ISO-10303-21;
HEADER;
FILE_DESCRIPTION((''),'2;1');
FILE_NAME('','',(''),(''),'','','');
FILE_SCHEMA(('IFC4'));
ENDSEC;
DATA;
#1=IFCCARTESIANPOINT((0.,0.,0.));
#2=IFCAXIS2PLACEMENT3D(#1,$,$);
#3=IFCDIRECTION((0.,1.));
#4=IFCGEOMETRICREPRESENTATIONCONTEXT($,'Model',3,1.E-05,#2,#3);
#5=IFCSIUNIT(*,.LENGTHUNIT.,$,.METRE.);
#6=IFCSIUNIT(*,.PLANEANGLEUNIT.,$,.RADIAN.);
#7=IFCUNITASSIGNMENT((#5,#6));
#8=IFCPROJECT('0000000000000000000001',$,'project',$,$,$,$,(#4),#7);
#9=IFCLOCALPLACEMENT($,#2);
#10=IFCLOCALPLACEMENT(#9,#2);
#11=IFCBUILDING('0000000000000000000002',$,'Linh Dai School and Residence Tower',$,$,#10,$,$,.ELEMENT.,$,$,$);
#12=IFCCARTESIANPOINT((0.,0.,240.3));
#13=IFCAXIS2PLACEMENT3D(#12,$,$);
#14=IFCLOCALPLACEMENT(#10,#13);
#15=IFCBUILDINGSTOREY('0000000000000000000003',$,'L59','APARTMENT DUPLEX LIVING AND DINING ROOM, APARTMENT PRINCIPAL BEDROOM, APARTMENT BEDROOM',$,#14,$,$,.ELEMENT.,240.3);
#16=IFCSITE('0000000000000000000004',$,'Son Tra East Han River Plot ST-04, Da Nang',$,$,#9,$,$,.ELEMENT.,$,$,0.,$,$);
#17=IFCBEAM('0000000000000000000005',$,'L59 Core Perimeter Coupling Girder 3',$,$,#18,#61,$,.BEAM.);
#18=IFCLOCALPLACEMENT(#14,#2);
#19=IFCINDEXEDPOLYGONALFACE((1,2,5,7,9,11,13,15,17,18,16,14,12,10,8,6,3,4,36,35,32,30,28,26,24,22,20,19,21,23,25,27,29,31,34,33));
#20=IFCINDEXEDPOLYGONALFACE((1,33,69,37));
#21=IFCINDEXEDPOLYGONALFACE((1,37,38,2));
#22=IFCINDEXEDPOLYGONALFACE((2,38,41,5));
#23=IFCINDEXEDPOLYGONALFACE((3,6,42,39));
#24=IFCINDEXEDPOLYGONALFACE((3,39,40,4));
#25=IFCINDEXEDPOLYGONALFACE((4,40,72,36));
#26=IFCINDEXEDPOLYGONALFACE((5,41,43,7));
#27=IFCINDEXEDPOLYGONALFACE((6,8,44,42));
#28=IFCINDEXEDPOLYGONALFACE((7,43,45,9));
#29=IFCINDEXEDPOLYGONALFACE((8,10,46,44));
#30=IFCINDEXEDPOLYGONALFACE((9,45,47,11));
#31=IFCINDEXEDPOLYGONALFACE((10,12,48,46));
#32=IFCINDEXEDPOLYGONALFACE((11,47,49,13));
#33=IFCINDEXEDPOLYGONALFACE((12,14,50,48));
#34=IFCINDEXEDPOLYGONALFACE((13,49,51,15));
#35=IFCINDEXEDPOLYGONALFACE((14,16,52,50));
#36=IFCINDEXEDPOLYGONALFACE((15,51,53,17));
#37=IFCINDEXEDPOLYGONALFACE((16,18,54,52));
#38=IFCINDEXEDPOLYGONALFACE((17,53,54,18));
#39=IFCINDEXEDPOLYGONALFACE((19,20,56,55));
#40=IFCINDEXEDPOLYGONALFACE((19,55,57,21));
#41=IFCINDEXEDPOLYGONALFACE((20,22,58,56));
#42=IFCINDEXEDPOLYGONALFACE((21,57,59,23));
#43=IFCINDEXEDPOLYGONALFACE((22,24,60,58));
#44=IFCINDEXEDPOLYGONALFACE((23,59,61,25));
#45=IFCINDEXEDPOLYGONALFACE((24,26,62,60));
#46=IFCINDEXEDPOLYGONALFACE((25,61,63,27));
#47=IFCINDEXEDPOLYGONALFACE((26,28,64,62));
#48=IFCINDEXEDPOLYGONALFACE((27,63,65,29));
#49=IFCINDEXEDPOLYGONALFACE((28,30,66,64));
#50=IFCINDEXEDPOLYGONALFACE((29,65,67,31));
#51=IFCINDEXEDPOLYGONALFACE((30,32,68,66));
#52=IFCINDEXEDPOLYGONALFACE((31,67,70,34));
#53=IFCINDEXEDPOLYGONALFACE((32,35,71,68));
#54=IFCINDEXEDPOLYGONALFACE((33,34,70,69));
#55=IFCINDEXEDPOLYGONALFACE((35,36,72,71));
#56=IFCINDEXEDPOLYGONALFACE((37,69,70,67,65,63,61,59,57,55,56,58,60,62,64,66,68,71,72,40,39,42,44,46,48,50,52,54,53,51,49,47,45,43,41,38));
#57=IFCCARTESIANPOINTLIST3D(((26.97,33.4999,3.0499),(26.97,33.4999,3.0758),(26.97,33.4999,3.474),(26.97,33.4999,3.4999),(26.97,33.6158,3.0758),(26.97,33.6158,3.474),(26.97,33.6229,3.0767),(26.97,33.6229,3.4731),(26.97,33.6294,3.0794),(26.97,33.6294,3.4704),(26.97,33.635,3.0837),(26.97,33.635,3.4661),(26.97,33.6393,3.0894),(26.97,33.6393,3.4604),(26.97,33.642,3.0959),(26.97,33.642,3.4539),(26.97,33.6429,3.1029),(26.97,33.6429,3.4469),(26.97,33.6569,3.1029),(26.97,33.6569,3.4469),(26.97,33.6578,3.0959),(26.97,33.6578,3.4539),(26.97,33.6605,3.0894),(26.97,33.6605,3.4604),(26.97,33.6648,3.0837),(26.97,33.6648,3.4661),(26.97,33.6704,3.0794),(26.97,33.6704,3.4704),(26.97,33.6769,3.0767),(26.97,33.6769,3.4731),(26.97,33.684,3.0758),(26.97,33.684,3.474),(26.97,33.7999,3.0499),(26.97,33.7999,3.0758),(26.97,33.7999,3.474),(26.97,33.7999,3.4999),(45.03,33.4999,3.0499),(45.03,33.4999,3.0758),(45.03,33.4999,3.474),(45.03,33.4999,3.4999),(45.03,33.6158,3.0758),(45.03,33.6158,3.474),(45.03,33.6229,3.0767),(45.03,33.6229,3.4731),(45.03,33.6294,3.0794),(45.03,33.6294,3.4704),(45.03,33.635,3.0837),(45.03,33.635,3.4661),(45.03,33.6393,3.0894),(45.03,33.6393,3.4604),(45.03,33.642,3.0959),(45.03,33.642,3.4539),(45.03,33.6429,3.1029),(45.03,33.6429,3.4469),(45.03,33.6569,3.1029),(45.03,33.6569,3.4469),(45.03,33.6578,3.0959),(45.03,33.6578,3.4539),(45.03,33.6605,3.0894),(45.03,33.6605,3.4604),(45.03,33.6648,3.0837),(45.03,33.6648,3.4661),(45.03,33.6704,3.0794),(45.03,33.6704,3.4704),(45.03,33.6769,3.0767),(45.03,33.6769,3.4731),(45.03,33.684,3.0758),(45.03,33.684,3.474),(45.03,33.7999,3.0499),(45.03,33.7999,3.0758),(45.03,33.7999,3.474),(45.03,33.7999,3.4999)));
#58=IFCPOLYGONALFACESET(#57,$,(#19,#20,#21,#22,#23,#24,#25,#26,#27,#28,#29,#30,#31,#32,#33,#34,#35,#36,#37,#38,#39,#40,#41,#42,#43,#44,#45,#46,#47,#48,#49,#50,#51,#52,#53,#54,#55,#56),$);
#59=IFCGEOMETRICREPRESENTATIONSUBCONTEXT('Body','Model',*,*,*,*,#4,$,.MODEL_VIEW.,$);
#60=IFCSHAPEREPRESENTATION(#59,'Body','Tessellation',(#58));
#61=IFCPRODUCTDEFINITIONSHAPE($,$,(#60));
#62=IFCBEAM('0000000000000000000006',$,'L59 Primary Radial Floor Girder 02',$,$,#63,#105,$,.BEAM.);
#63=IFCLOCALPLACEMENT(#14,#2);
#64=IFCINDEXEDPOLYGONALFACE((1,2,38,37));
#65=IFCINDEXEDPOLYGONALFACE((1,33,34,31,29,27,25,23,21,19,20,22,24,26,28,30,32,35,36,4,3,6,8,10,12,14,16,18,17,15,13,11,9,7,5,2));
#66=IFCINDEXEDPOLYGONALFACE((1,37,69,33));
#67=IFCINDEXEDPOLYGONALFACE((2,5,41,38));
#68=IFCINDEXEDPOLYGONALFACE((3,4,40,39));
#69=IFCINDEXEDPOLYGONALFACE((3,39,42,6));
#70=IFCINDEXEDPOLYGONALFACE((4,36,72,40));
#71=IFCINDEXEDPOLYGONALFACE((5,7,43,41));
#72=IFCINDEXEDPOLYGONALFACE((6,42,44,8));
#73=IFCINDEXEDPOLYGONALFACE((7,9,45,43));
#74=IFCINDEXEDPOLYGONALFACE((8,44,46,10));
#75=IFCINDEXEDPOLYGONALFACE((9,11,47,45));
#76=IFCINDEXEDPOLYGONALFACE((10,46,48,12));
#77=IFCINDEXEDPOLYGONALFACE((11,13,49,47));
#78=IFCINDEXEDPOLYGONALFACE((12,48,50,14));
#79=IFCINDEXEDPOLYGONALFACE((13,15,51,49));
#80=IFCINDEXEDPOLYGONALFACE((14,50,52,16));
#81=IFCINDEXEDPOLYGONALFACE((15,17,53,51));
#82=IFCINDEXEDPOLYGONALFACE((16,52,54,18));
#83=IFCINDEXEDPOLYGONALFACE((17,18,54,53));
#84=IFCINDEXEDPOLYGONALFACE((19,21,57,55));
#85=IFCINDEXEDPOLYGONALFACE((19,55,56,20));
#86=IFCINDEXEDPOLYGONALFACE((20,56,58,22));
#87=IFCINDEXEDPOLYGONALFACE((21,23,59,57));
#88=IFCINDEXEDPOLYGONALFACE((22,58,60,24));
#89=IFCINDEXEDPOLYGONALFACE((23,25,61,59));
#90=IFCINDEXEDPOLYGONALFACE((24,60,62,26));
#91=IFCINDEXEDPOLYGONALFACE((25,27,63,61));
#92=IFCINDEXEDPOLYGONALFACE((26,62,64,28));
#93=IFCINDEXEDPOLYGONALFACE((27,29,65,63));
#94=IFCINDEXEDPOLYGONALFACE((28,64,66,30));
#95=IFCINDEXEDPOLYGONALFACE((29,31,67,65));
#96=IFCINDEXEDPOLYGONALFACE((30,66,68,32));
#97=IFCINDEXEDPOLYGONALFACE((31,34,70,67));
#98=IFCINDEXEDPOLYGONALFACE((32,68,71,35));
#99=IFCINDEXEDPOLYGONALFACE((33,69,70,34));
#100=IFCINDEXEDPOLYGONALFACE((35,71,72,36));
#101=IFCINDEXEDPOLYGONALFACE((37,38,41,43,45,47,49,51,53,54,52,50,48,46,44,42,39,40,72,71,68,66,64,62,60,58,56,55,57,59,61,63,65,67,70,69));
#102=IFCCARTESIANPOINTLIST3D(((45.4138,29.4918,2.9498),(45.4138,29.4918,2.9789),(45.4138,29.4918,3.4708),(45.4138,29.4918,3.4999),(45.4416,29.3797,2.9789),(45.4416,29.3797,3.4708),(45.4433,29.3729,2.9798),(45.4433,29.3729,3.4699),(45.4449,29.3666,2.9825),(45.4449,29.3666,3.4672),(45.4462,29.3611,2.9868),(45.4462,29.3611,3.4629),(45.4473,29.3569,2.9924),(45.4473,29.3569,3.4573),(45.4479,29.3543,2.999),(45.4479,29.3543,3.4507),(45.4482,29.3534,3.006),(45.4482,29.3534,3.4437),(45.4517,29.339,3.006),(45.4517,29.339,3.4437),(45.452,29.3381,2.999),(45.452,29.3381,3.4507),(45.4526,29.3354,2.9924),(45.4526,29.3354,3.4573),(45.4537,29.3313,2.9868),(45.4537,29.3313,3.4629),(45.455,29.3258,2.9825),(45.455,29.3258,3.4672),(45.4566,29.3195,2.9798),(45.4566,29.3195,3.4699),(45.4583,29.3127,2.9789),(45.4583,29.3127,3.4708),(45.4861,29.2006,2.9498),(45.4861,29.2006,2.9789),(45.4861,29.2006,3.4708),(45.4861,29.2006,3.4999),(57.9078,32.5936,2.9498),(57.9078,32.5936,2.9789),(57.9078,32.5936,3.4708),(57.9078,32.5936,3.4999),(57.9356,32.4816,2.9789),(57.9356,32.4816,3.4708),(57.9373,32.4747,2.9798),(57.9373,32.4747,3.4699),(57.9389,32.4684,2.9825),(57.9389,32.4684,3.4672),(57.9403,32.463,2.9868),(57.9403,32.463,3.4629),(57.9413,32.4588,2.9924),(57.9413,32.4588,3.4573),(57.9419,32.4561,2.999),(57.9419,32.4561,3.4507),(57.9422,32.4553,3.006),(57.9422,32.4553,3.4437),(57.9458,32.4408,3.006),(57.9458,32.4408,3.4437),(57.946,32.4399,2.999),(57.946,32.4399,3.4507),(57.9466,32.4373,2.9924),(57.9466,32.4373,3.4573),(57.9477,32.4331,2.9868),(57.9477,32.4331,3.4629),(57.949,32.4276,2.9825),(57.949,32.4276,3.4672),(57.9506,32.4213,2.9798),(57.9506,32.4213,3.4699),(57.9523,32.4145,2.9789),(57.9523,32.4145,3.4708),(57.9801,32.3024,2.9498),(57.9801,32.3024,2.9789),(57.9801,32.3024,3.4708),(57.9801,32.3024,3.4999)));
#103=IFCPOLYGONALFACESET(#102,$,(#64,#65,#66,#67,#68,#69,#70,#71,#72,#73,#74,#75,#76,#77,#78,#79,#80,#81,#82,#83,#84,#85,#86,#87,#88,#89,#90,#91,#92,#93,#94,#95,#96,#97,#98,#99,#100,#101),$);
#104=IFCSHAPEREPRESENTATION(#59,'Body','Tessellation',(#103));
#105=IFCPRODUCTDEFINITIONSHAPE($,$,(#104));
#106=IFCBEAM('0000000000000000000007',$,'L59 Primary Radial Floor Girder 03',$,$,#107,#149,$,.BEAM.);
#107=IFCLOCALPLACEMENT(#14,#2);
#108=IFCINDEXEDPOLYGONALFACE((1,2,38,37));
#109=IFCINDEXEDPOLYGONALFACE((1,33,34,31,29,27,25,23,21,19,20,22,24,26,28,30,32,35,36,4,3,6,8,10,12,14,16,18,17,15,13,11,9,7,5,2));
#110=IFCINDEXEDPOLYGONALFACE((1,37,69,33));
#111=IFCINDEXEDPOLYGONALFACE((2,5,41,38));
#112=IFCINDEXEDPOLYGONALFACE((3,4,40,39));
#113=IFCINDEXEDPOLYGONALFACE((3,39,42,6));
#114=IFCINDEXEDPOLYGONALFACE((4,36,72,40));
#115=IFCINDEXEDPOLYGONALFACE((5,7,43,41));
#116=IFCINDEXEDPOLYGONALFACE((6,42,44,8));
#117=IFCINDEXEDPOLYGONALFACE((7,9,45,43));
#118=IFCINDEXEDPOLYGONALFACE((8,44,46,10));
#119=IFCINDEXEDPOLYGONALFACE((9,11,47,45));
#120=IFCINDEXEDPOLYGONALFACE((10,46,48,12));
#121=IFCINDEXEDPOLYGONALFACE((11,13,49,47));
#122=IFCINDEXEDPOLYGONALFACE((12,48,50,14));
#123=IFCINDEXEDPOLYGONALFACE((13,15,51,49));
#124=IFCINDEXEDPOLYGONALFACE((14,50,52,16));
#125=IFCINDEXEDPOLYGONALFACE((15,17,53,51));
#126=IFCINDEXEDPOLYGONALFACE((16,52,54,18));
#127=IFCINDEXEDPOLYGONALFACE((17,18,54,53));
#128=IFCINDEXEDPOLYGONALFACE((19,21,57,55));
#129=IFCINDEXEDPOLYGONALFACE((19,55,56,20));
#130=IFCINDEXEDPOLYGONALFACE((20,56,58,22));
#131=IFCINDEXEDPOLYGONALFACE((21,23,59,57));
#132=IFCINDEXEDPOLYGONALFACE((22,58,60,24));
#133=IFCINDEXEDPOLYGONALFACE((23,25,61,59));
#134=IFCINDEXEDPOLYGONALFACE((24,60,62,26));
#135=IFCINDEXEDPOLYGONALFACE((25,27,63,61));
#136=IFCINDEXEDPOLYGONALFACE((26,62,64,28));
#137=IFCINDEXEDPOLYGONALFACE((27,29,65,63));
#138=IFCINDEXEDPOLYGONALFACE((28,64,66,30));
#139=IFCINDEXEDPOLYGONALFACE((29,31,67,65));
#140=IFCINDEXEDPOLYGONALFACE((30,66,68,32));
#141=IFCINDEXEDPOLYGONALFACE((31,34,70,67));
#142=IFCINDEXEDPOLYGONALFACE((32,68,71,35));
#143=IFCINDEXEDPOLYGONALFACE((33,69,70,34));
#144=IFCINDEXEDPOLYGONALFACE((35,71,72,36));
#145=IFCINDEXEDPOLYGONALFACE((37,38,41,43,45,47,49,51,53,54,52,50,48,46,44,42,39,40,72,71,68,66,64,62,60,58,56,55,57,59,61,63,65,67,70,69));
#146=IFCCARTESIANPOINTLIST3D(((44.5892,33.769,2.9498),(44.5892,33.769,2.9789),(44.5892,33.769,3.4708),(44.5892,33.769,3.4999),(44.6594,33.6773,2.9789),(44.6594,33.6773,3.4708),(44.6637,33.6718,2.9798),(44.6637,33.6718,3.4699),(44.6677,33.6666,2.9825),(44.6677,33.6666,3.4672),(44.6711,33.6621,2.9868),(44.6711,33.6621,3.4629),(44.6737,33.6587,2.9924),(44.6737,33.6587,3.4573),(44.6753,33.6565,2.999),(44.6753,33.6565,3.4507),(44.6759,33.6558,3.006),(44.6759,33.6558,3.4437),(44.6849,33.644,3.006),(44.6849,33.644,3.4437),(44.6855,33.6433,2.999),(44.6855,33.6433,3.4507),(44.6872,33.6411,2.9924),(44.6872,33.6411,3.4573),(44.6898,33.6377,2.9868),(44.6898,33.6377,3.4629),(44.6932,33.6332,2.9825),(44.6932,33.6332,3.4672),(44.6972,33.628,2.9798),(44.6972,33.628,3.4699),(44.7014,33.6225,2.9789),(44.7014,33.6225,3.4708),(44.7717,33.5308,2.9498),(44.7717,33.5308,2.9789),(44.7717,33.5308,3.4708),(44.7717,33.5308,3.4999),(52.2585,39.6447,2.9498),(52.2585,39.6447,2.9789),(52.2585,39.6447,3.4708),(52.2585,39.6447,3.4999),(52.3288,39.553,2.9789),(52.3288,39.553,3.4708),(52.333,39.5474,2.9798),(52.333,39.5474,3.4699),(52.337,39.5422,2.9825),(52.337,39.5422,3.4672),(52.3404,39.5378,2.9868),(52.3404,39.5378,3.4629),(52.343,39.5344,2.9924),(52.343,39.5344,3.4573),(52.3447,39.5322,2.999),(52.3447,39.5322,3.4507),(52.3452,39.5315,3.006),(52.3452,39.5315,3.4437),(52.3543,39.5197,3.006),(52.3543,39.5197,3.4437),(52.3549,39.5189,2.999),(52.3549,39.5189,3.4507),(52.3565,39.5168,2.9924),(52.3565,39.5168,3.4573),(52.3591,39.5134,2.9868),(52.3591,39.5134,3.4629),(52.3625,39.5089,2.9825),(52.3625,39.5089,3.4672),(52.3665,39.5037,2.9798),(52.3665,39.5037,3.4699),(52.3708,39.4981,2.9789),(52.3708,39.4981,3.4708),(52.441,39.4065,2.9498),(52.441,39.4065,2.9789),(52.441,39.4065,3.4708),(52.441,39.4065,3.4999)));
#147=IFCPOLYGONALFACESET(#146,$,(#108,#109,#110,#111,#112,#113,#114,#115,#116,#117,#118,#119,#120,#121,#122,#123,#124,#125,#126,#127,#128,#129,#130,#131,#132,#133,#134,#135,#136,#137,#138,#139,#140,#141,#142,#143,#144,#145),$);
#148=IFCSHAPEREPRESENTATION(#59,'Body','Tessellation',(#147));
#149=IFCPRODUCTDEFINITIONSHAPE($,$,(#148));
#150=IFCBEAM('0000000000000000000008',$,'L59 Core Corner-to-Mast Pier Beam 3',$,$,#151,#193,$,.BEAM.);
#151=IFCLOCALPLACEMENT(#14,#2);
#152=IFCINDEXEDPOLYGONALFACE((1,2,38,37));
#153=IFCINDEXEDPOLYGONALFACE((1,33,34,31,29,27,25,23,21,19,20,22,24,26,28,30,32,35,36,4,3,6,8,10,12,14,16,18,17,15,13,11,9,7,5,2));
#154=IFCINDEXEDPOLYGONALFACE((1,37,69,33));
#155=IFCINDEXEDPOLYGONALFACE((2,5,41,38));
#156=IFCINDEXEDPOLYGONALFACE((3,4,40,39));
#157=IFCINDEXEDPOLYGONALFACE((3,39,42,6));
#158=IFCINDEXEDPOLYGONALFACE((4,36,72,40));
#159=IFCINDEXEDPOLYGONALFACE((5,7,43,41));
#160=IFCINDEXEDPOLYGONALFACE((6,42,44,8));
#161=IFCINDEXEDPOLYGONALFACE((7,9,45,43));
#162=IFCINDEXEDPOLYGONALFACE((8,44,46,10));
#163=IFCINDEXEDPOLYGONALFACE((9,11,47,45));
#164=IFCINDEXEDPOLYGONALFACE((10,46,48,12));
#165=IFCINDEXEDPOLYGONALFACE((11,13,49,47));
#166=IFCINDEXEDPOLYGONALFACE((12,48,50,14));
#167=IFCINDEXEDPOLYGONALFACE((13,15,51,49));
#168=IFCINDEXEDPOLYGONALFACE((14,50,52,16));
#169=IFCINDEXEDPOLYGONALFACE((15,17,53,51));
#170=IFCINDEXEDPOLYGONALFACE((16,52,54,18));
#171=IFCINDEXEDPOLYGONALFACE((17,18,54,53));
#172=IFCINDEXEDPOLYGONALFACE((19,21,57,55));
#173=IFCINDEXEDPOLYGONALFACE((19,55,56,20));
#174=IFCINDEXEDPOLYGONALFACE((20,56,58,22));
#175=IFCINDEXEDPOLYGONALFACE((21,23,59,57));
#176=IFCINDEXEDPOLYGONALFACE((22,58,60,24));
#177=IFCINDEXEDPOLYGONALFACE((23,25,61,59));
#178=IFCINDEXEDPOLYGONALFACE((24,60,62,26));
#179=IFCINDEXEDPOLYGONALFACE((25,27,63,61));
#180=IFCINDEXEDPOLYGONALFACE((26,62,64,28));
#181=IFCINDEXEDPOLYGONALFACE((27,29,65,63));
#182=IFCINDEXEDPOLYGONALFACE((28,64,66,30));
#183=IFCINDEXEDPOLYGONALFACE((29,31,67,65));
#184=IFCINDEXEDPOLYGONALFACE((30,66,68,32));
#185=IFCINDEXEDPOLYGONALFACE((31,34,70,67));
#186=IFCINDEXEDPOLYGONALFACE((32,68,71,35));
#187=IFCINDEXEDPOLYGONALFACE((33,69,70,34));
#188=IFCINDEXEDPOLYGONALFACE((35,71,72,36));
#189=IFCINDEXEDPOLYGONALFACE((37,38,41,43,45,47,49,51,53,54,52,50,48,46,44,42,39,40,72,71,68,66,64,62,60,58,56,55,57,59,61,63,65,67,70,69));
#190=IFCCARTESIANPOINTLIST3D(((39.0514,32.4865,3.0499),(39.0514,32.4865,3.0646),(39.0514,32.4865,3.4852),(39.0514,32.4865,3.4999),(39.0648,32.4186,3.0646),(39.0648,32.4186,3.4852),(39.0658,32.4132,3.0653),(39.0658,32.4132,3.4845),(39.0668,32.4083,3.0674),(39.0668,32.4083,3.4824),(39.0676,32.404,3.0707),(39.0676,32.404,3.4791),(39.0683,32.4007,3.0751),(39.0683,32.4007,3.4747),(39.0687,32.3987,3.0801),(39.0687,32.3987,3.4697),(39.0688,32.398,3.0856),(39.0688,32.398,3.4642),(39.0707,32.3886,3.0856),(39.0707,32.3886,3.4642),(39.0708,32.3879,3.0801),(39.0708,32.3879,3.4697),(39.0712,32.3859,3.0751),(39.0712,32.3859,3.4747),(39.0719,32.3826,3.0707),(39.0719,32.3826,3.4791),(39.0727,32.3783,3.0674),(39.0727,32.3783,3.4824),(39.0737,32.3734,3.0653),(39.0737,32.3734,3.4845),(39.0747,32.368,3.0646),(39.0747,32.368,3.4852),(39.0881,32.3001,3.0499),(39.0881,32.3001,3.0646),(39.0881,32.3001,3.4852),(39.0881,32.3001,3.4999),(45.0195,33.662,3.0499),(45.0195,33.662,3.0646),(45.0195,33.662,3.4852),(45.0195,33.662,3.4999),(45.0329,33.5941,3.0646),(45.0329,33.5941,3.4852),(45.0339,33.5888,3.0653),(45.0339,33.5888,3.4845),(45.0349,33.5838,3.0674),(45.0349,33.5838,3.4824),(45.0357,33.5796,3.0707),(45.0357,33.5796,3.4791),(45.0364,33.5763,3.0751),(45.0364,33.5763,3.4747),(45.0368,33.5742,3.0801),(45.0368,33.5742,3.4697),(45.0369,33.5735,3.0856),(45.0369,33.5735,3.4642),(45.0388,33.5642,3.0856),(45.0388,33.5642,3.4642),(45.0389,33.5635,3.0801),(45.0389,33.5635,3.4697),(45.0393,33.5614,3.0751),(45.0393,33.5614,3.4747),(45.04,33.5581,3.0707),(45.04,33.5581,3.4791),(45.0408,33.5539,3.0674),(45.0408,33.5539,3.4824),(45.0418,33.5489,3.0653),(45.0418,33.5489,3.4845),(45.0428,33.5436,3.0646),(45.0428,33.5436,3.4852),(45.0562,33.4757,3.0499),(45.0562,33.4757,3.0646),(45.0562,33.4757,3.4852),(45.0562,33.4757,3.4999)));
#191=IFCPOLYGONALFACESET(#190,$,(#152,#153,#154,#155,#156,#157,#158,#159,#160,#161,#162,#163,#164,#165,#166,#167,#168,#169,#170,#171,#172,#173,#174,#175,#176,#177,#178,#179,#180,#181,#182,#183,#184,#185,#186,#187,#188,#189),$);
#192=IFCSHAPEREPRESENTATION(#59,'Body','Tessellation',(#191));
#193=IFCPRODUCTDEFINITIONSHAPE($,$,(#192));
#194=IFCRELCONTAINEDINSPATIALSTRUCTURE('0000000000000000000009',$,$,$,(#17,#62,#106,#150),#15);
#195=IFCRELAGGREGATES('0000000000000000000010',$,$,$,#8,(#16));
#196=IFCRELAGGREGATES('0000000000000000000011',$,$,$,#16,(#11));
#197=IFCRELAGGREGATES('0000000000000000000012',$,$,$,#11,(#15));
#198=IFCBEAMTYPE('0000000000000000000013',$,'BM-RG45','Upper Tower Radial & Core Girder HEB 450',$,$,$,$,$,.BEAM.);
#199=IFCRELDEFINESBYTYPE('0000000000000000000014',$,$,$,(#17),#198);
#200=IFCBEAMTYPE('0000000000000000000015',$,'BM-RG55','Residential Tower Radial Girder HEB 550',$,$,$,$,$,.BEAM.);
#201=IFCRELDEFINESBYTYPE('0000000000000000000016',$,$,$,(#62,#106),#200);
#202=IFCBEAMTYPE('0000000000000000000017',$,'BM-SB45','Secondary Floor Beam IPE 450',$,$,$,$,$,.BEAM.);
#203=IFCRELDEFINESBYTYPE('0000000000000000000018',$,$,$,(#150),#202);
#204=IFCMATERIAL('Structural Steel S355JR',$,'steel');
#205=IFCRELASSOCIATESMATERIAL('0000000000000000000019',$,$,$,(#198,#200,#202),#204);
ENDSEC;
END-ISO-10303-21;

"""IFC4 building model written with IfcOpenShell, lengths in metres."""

from ifc_helpers import new_model, si_unit, direction, frame, origin, origin_2d, place, context, subcontext, project, spatial, i_section, extrude, material, material_profile, profile_set, type_object, element, save


model = new_model("IFC4")

# Units and contexts
model_context = context("Model", 3, precision=1e-05, world=origin(), true_north=direction((0.0, 1.0)))
body_context = subcontext(model_context, "Body", "Model", "MODEL_VIEW")
ifc_project = project(units=[si_unit("LENGTHUNIT", "METRE"), si_unit("PLANEANGLEUNIT", "RADIAN")], contexts=[model_context])

# Site, building, storey
site_placement = place(None, origin())
site = spatial("IfcSite", under=ifc_project, at=site_placement, Name="Son Tra East Han River Plot ST-04, Da Nang", CompositionType="ELEMENT", RefElevation=0.0)
building_placement = place(site_placement, origin())
building = spatial("IfcBuilding", under=site, at=building_placement, Name="Linh Dai School and Residence Tower", CompositionType="ELEMENT")
storey_placement = place(building_placement, frame((0.0, 0.0, 240.3)))
storey = spatial("IfcBuildingStorey", under=building, at=storey_placement, Name="L59", Description="APARTMENT DUPLEX LIVING AND DINING ROOM, APARTMENT PRINCIPAL BEDROOM, APARTMENT BEDROOM", CompositionType="ELEMENT", Elevation=240.3)

# Shared definitions
ifc_material_1 = material(Name="Structural Steel S355JR", Category="steel")

# Beams
ifc_material_profile_1 = material_profile(ifc_material_1, i_section(OverallWidth=0.3, OverallDepth=0.45, WebThickness=0.0139, FlangeThickness=0.0259, FilletRadius=0.0271, at=origin_2d()), Name="HEB 450")
ifc_profile_set_1 = profile_set([ifc_material_profile_1], Name="Structural Steel S355JR")
beam_type_1 = type_object("IfcBeamType", Name="BM-RG45", Description="Upper Tower Radial & Core Girder HEB 450", PredefinedType="BEAM", material=ifc_profile_set_1)
beam_1_placement = place(storey_placement, frame((45.03, 33.6499, 3.2749), z_axis=(-1.0, 0.0, 0.0), x_axis=(0.0, -1.0, 0.0)))
element("IfcBeam", 1, at=beam_1_placement, inside=storey, type_object=beam_type_1, Name="L59 Core Perimeter Coupling Girder 3", PredefinedType="BEAM", context=body_context, shape_type="SweptSolid", body=[
    extrude(i_section(OverallWidth=0.3, OverallDepth=0.45, WebThickness=0.0139, FlangeThickness=0.0259, FilletRadius=0.0271, at=origin_2d()), origin(), (0.0, 0.0, 1.0), 18.0601),
])
ifc_material_profile_2 = material_profile(ifc_material_1, i_section(OverallWidth=0.3, OverallDepth=0.55, WebThickness=0.0149, FlangeThickness=0.0291, FilletRadius=0.0271, at=origin_2d()), Name="HEB 550")
ifc_profile_set_2 = profile_set([ifc_material_profile_2], Name="Structural Steel S355JR")
beam_type_2 = type_object("IfcBeamType", Name="BM-RG55", Description="Residential Tower Radial Girder HEB 550", PredefinedType="BEAM", material=ifc_profile_set_2)
beam_2_placement = place(storey_placement, frame((45.45, 29.3462, 3.2249), z_axis=(0.970537, 0.240951, 0.0), x_axis=(-0.240951, 0.970537, 0.0)))
element("IfcBeam", 2, at=beam_2_placement, inside=storey, type_object=beam_type_2, Name="L59 Primary Radial Floor Girder 02", PredefinedType="BEAM", context=body_context, shape_type="SweptSolid", body=[
    extrude(i_section(OverallWidth=0.3, OverallDepth=0.55, WebThickness=0.0149, FlangeThickness=0.0291, FilletRadius=0.0271, at=origin_2d()), origin(), (0.0, 0.0, 1.0), 12.8733),
])
beam_3_placement = place(storey_placement, frame((44.6804, 33.6499, 3.2249), z_axis=(0.793815, 0.60816, 0.0), x_axis=(-0.60816, 0.793815, 0.0)))
element("IfcBeam", 3, at=beam_3_placement, inside=storey, type_object=beam_type_2, Name="L59 Primary Radial Floor Girder 03", PredefinedType="BEAM", context=body_context, shape_type="SweptSolid", body=[
    extrude(i_section(OverallWidth=0.3, OverallDepth=0.55, WebThickness=0.0149, FlangeThickness=0.0291, FilletRadius=0.0271, at=origin_2d()), origin(), (0.0, 0.0, 1.0), 9.6614),
])
ifc_material_profile_3 = material_profile(ifc_material_1, i_section(OverallWidth=0.1899, OverallDepth=0.45, WebThickness=0.0095, FlangeThickness=0.0146, FilletRadius=0.021, at=origin_2d()), Name="IPE 450")
ifc_profile_set_3 = profile_set([ifc_material_profile_3], Name="Structural Steel S355JR")
beam_type_3 = type_object("IfcBeamType", Name="BM-SB45", Description="Secondary Floor Beam IPE 450", PredefinedType="BEAM", material=ifc_profile_set_3)
beam_4_placement = place(storey_placement, frame((45.0378, 33.5688, 3.2749), z_axis=(-0.981148, -0.193259, 0.0), x_axis=(0.193259, -0.981148, 0.0)))
element("IfcBeam", 4, at=beam_4_placement, inside=storey, type_object=beam_type_3, Name="L59 Core Corner-to-Mast Pier Beam 3", PredefinedType="BEAM", context=body_context, shape_type="SweptSolid", body=[
    extrude(i_section(OverallWidth=0.1899, OverallDepth=0.45, WebThickness=0.0095, FlangeThickness=0.0146, FilletRadius=0.021, at=origin_2d()), origin(), (0.0, 0.0, 1.0), 6.0828),
])

save(model, "model.ifc")
